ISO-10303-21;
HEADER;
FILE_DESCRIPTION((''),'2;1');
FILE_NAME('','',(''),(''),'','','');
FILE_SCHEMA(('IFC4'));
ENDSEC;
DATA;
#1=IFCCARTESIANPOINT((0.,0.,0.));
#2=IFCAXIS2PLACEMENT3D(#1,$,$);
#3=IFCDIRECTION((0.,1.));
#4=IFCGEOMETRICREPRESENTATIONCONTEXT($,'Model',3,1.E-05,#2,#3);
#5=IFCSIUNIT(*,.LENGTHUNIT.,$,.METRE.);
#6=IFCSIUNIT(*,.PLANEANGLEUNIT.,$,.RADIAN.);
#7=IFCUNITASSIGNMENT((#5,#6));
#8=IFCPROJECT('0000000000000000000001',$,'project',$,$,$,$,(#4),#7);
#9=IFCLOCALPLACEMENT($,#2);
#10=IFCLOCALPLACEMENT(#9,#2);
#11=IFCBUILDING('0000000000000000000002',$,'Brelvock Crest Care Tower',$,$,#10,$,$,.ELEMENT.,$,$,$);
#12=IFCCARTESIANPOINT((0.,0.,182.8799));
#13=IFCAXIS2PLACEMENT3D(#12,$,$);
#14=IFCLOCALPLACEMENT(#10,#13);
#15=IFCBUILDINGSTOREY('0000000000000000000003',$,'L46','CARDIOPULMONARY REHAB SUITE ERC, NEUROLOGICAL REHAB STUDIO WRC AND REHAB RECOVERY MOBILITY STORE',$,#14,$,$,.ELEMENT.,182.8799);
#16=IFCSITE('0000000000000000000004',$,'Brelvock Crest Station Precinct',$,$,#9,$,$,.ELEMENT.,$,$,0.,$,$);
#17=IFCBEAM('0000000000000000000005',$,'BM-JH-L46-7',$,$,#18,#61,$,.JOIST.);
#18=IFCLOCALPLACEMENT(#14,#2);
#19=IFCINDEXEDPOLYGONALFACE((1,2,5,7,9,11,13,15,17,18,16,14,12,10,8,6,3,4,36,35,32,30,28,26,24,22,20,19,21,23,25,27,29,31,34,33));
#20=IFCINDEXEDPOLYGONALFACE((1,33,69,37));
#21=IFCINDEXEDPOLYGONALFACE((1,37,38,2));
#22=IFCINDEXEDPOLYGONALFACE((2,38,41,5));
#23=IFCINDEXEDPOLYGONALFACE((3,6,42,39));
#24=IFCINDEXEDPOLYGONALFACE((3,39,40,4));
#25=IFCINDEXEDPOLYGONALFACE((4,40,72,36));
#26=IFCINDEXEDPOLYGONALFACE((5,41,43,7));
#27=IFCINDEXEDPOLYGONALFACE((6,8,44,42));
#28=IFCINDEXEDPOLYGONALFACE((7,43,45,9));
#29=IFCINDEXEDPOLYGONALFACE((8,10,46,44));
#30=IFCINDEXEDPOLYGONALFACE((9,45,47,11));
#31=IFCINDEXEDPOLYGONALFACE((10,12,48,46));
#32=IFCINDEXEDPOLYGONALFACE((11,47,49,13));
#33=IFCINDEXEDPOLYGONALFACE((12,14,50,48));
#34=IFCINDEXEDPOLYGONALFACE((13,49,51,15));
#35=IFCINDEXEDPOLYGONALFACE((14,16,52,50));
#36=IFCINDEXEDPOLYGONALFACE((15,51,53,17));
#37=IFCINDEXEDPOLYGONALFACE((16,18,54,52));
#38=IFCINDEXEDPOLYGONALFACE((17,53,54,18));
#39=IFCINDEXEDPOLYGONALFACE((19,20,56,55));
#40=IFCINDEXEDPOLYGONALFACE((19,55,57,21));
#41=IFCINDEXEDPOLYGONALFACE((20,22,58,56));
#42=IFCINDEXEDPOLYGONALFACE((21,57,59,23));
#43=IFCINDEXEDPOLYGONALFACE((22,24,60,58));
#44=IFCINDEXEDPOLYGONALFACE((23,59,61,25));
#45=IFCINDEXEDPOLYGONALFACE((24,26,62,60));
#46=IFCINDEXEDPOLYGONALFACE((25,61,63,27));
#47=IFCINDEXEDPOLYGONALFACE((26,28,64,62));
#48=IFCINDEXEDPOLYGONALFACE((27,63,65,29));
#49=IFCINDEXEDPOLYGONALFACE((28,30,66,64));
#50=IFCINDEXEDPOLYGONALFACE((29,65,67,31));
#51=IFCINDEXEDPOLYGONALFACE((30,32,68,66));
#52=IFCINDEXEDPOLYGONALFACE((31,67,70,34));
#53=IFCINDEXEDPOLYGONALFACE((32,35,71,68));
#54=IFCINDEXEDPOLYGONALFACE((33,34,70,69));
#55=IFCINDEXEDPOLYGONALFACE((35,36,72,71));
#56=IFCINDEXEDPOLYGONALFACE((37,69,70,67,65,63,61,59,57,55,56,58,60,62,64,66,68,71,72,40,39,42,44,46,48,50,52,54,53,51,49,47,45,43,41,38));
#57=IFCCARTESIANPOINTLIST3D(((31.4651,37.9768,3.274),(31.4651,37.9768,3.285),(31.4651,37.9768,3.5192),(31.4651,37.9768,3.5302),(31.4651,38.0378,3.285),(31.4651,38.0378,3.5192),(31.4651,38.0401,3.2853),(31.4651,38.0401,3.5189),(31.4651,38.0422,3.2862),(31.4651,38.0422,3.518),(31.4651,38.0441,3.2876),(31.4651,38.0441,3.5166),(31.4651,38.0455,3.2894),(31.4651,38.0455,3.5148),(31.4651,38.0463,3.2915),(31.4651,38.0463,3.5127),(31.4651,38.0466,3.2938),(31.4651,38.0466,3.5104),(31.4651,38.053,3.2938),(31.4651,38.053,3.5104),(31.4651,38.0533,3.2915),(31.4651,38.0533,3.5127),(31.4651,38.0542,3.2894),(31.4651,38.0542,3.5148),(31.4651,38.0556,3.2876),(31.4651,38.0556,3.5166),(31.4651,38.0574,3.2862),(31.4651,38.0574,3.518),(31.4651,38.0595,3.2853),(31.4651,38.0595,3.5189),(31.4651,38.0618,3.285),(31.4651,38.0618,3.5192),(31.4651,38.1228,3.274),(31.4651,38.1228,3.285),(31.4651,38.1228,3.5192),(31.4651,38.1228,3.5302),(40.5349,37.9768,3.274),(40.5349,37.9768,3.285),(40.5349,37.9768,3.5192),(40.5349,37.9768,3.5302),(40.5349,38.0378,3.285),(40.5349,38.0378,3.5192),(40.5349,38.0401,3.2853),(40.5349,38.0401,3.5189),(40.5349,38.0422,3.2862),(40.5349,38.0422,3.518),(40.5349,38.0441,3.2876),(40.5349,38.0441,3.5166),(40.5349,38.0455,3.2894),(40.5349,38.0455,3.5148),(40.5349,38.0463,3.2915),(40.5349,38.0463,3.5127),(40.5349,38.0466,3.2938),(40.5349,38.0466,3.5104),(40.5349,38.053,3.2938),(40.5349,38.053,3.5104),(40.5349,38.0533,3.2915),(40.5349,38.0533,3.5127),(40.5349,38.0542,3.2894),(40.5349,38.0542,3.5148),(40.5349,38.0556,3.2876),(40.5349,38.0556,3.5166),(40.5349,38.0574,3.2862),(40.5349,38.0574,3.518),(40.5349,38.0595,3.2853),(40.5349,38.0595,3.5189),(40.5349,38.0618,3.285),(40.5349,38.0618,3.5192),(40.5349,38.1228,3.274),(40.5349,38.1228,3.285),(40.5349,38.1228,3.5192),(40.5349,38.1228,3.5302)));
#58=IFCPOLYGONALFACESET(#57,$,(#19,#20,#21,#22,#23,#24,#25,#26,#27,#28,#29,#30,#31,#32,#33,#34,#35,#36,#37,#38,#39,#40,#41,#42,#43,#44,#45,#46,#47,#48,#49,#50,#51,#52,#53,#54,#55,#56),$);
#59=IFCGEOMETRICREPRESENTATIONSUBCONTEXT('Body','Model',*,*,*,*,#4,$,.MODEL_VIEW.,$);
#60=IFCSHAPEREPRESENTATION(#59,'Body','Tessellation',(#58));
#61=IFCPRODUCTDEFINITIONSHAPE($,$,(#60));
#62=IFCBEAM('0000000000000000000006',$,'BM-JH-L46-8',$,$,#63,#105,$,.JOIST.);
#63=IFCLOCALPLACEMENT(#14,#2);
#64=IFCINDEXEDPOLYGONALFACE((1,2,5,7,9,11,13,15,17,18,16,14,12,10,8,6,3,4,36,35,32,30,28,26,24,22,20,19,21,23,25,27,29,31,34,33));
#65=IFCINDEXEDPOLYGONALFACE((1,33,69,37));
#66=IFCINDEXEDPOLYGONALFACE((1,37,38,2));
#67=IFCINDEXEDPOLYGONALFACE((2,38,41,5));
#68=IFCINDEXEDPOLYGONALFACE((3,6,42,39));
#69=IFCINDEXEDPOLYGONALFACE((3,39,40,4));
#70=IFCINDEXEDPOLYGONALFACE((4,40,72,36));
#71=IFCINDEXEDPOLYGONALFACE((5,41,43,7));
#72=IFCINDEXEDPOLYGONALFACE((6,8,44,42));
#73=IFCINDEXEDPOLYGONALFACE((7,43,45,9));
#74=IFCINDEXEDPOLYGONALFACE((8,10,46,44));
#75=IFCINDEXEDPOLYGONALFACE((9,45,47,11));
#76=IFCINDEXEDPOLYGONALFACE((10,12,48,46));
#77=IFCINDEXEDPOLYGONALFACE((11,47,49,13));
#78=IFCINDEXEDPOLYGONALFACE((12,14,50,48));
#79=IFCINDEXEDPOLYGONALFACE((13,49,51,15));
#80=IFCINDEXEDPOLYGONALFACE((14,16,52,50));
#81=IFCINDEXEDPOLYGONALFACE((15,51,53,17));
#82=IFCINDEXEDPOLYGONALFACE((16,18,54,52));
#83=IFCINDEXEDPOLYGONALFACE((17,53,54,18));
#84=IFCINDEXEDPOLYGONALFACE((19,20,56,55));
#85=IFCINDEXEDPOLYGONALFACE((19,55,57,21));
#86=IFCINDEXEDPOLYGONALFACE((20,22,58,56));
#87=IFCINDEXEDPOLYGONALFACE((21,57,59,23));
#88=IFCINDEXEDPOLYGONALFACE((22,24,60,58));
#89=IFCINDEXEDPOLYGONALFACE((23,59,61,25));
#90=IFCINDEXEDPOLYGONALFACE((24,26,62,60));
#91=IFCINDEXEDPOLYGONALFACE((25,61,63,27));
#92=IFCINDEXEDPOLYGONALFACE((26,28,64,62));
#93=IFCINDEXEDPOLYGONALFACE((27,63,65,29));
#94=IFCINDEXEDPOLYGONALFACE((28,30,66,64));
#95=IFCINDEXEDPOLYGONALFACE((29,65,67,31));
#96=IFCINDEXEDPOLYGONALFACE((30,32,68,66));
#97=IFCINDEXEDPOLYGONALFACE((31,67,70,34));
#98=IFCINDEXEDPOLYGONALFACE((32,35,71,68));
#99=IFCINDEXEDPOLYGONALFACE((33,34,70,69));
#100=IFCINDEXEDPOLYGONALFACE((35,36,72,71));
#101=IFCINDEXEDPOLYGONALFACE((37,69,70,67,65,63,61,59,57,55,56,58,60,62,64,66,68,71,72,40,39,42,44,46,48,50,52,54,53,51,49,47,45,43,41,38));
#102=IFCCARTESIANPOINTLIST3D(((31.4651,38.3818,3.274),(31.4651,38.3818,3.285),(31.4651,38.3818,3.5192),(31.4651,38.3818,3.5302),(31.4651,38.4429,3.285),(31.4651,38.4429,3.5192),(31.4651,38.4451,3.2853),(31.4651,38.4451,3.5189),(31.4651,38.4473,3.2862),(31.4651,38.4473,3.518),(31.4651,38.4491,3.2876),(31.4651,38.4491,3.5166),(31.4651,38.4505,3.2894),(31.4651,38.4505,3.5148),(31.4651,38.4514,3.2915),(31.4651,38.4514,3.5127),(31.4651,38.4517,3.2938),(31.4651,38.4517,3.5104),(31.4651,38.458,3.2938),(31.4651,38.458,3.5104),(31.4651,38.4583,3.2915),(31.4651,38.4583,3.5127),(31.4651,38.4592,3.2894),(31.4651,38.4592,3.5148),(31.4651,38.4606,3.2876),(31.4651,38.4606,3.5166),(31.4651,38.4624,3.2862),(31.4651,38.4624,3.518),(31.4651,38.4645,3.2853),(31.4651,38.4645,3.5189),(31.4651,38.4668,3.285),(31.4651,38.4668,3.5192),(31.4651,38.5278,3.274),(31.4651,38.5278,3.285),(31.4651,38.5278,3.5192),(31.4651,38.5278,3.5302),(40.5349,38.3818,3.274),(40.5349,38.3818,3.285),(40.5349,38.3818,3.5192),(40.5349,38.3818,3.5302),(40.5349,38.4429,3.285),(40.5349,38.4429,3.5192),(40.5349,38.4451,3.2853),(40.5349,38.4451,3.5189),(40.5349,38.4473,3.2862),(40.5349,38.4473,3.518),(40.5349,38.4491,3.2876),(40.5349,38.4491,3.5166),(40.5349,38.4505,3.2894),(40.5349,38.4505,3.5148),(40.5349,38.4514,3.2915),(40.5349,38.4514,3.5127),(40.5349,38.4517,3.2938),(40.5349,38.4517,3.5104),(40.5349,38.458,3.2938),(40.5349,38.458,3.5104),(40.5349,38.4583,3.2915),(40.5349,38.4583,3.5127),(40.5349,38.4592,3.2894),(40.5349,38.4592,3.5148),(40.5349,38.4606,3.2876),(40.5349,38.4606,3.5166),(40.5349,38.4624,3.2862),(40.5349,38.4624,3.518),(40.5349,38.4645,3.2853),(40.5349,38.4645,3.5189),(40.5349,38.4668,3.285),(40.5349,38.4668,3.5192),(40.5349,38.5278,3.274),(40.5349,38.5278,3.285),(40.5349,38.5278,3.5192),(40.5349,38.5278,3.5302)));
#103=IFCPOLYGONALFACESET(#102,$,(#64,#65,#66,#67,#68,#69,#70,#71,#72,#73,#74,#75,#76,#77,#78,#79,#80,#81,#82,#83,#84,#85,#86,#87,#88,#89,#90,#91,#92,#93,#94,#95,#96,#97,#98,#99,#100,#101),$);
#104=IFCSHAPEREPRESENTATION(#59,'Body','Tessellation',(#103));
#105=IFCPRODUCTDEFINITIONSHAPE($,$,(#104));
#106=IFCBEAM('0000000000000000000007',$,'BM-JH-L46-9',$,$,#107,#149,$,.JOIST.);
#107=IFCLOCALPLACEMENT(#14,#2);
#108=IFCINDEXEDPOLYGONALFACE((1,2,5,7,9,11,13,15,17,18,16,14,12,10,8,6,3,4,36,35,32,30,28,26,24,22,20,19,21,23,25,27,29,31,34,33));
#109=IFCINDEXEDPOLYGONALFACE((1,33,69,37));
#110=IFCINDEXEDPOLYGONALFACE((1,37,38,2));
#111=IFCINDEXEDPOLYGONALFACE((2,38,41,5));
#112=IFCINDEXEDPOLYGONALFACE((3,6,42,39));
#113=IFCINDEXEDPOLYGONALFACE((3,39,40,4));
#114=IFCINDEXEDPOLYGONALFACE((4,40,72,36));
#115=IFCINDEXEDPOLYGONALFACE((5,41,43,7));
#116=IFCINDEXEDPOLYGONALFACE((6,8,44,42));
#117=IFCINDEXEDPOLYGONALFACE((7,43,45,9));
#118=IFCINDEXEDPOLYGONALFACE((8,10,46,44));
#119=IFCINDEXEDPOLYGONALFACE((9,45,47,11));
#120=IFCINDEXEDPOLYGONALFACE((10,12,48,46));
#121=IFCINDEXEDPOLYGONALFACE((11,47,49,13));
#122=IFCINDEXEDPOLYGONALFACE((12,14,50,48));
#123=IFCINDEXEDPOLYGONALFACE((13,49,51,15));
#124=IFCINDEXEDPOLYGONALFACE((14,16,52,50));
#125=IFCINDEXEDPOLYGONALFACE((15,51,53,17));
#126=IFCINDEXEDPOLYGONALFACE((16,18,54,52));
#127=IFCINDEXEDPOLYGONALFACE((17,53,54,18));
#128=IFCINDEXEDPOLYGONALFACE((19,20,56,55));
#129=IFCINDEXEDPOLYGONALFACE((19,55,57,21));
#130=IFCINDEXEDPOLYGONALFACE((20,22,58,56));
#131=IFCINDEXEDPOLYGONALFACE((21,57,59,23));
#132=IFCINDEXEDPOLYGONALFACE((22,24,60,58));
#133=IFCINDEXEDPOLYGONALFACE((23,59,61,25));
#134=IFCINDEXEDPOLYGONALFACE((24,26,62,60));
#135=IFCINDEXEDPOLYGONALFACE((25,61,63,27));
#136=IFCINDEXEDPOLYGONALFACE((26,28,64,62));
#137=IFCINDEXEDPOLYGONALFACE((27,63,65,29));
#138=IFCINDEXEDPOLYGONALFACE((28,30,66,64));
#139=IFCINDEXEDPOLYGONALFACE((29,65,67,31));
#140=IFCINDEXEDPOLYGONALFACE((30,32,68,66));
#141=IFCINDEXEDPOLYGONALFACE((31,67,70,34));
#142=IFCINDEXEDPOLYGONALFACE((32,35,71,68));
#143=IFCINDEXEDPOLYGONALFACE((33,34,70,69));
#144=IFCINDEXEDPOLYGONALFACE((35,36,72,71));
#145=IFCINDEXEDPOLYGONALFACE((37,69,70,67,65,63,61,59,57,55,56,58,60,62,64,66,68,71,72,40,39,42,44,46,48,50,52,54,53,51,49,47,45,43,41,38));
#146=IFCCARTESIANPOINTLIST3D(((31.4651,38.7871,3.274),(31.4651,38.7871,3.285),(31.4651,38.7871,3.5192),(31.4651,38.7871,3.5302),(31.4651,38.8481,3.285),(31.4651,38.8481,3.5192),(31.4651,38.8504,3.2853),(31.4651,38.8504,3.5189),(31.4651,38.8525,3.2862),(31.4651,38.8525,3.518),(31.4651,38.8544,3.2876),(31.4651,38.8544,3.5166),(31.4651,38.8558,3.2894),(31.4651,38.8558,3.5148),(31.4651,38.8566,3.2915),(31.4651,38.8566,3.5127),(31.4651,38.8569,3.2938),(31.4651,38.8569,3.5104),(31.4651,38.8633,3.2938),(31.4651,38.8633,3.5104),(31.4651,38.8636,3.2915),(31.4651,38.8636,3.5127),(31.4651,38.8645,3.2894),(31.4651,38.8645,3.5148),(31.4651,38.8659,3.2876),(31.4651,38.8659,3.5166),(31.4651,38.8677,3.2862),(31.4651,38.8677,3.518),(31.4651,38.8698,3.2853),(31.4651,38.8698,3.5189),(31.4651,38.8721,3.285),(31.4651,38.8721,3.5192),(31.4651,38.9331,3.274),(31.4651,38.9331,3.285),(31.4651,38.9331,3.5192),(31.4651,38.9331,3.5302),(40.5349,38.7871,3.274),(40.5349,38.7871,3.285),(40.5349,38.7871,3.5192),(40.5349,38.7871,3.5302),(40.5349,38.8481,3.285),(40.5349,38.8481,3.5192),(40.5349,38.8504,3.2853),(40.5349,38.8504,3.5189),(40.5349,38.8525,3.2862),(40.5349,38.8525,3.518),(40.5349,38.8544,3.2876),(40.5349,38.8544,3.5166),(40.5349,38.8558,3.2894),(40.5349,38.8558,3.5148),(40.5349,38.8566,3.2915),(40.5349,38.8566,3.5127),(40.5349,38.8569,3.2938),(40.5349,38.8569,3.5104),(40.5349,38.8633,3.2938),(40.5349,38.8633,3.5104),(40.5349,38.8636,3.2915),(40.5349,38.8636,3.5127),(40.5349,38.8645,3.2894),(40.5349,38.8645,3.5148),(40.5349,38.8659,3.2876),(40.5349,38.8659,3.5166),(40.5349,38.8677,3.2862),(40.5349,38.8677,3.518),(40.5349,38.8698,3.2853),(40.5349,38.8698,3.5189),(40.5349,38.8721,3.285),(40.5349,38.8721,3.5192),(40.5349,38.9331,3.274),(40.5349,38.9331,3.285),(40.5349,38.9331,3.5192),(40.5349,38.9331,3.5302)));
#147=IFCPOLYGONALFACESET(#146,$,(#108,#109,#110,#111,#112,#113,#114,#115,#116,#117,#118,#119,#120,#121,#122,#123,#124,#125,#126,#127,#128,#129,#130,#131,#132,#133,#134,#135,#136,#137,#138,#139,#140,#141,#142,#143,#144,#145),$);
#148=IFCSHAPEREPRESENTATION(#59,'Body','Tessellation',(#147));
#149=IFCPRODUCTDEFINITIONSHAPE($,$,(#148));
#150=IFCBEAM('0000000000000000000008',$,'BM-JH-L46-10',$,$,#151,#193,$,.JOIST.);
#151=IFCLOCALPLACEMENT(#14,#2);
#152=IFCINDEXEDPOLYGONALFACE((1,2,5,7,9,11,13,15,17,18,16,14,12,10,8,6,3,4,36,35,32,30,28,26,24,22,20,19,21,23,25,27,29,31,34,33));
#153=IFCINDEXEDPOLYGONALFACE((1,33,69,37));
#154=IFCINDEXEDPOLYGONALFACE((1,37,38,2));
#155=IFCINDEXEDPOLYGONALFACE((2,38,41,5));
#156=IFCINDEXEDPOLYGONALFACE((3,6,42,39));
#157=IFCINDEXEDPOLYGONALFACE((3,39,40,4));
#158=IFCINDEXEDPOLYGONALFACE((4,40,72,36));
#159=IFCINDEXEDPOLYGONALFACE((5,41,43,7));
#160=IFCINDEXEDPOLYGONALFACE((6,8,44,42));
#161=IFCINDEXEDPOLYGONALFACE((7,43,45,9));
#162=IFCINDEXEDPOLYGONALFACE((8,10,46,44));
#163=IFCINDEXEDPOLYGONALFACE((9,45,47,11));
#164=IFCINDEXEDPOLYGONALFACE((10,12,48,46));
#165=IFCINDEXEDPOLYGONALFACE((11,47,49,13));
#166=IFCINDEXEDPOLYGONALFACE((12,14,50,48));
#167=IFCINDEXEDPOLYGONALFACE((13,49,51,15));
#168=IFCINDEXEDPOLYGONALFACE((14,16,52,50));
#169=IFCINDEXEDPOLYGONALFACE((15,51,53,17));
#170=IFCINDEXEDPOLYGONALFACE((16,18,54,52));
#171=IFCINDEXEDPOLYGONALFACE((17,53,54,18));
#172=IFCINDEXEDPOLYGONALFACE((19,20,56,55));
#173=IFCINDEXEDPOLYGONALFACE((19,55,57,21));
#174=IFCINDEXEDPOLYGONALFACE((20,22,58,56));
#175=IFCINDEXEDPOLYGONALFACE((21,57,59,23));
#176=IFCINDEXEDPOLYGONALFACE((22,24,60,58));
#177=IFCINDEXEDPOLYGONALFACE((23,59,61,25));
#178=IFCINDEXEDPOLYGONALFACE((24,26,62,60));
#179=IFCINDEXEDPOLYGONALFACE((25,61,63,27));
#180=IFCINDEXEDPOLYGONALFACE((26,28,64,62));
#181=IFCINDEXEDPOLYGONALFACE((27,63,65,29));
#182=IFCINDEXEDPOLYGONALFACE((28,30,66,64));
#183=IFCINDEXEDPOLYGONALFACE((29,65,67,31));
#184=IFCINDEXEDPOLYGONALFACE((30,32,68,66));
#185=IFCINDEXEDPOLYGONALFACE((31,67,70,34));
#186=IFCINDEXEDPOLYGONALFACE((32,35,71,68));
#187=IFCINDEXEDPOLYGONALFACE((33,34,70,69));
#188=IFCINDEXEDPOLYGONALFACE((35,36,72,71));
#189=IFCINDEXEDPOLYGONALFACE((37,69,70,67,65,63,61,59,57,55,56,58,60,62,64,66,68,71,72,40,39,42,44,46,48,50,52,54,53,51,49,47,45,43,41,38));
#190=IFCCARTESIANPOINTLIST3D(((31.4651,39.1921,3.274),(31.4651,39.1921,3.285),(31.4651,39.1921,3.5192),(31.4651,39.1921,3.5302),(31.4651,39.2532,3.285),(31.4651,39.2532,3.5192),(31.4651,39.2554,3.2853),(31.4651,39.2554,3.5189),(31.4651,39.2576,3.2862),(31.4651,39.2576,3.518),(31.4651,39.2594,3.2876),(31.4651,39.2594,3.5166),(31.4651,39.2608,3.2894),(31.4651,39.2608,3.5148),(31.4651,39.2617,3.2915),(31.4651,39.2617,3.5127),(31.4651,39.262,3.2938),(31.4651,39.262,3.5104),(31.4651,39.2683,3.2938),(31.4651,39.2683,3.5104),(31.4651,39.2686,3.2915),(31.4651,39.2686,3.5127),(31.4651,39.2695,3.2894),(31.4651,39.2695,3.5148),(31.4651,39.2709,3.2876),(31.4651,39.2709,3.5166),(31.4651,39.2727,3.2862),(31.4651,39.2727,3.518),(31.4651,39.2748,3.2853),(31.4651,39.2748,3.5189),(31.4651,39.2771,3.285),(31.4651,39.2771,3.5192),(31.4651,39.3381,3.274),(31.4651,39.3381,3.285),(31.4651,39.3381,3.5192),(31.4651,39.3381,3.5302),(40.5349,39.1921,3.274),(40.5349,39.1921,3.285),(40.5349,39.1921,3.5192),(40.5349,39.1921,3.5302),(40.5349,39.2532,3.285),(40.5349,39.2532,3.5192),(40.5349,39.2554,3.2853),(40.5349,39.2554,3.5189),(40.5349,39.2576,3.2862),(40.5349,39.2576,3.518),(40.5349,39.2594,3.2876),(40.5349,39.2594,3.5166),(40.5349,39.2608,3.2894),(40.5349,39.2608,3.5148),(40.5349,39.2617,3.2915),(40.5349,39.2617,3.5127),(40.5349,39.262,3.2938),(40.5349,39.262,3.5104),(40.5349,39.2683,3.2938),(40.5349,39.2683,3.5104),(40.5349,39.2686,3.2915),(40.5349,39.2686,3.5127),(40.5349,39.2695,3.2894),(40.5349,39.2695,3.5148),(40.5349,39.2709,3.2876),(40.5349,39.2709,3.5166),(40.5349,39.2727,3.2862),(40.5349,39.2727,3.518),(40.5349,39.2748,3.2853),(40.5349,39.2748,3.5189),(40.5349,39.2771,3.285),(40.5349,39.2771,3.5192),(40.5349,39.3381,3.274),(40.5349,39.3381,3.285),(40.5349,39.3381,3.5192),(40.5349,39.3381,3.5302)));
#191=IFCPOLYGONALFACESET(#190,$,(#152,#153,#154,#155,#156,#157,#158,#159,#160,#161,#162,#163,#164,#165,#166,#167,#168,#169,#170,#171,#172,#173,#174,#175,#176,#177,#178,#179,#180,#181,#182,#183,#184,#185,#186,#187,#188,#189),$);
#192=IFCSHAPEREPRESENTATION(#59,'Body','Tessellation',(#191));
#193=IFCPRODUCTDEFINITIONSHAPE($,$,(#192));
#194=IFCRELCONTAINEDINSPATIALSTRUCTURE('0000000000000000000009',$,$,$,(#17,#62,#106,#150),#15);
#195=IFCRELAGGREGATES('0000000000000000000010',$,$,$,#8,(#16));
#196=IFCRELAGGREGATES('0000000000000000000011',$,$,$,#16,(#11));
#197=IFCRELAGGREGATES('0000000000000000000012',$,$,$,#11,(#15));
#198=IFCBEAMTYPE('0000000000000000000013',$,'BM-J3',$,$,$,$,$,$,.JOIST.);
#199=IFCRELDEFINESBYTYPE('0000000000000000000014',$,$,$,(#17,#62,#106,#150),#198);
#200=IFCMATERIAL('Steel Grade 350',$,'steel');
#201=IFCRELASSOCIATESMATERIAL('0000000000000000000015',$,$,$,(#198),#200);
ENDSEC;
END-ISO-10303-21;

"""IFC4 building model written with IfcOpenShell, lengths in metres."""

from ifc_helpers import new_model, si_unit, direction, frame, origin, origin_2d, place, context, subcontext, project, spatial, i_section, extrude, source, transform, mapped, material, material_profile, profile_set, type_object, element, save


model = new_model("IFC4")

# Units and contexts
model_context = context("Model", 3, precision=1e-05, world=origin(), true_north=direction((0.0, 1.0)))
body_context = subcontext(model_context, "Body", "Model", "MODEL_VIEW")
ifc_project = project(units=[si_unit("LENGTHUNIT", "METRE"), si_unit("PLANEANGLEUNIT", "RADIAN")], contexts=[model_context])

# Site, building, storey
site_placement = place(None, origin())
site = spatial("IfcSite", under=ifc_project, at=site_placement, Name="Brelvock Crest Station Precinct", CompositionType="ELEMENT", RefElevation=0.0)
building_placement = place(site_placement, origin())
building = spatial("IfcBuilding", under=site, at=building_placement, Name="Brelvock Crest Care Tower", CompositionType="ELEMENT")
storey_placement = place(building_placement, frame((0.0, 0.0, 182.8799)))
storey = spatial("IfcBuildingStorey", under=building, at=storey_placement, Name="L46", Description="CARDIOPULMONARY REHAB SUITE ERC, NEUROLOGICAL REHAB STUDIO WRC AND REHAB RECOVERY MOBILITY STORE", CompositionType="ELEMENT", Elevation=182.8799)

# Beams
ifc_material_1 = material(Name="Steel Grade 350", Category="steel")
ifc_material_profile_1 = material_profile(ifc_material_1, i_section(OverallWidth=0.146, OverallDepth=0.2561, WebThickness=0.0063, FlangeThickness=0.011, FilletRadius=0.0088, at=origin_2d()), Name="250UB37.3")
ifc_profile_set_1 = profile_set([ifc_material_profile_1], Name="Steel Grade 350")
beam_type_1 = type_object("IfcBeamType", Name="BM-J3", PredefinedType="JOIST", material=ifc_profile_set_1)
shared_shape_1 = source(origin(), body_context, "Body", "SweptSolid", [
    extrude(i_section(OverallWidth=0.146, OverallDepth=0.2561, WebThickness=0.0063, FlangeThickness=0.011, FilletRadius=0.0088, at=origin_2d()), origin(), (0.0, 0.0, 1.0), 9.0698),
])
for number, where, z_axis, x_axis, name in (
    (1, (31.4651, 38.0498, 3.4021), (1.0, 0.0, 0.0), (0.0, 1.0, 0.0), "BM-JH-L46-7"),
    (2, (31.4651, 38.4548, 3.4021), (1.0, 0.0, 0.0), (0.0, 1.0, 0.0), "BM-JH-L46-8"),
    (3, (31.4651, 38.8601, 3.4021), (1.0, 0.0, 0.0), (0.0, 1.0, 0.0), "BM-JH-L46-9"),
    (4, (31.4651, 39.2651, 3.4021), (1.0, 0.0, 0.0), (0.0, 1.0, 0.0), "BM-JH-L46-10"),
):
    element("IfcBeam", number, at=place(storey_placement, frame(where, z_axis=z_axis, x_axis=x_axis)), inside=storey, type_object=beam_type_1, Name=name, PredefinedType="JOIST", context=body_context, shape_type="MappedRepresentation", body=[
        mapped(shared_shape_1, transform((0.0, 0.0, 0.0), x_axis=(1.0, 0.0, 0.0), y_axis=(0.0, 1.0, 0.0), z_axis=(0.0, 0.0, 1.0), scale=1.0)),
    ])

save(model, "model.ifc")
